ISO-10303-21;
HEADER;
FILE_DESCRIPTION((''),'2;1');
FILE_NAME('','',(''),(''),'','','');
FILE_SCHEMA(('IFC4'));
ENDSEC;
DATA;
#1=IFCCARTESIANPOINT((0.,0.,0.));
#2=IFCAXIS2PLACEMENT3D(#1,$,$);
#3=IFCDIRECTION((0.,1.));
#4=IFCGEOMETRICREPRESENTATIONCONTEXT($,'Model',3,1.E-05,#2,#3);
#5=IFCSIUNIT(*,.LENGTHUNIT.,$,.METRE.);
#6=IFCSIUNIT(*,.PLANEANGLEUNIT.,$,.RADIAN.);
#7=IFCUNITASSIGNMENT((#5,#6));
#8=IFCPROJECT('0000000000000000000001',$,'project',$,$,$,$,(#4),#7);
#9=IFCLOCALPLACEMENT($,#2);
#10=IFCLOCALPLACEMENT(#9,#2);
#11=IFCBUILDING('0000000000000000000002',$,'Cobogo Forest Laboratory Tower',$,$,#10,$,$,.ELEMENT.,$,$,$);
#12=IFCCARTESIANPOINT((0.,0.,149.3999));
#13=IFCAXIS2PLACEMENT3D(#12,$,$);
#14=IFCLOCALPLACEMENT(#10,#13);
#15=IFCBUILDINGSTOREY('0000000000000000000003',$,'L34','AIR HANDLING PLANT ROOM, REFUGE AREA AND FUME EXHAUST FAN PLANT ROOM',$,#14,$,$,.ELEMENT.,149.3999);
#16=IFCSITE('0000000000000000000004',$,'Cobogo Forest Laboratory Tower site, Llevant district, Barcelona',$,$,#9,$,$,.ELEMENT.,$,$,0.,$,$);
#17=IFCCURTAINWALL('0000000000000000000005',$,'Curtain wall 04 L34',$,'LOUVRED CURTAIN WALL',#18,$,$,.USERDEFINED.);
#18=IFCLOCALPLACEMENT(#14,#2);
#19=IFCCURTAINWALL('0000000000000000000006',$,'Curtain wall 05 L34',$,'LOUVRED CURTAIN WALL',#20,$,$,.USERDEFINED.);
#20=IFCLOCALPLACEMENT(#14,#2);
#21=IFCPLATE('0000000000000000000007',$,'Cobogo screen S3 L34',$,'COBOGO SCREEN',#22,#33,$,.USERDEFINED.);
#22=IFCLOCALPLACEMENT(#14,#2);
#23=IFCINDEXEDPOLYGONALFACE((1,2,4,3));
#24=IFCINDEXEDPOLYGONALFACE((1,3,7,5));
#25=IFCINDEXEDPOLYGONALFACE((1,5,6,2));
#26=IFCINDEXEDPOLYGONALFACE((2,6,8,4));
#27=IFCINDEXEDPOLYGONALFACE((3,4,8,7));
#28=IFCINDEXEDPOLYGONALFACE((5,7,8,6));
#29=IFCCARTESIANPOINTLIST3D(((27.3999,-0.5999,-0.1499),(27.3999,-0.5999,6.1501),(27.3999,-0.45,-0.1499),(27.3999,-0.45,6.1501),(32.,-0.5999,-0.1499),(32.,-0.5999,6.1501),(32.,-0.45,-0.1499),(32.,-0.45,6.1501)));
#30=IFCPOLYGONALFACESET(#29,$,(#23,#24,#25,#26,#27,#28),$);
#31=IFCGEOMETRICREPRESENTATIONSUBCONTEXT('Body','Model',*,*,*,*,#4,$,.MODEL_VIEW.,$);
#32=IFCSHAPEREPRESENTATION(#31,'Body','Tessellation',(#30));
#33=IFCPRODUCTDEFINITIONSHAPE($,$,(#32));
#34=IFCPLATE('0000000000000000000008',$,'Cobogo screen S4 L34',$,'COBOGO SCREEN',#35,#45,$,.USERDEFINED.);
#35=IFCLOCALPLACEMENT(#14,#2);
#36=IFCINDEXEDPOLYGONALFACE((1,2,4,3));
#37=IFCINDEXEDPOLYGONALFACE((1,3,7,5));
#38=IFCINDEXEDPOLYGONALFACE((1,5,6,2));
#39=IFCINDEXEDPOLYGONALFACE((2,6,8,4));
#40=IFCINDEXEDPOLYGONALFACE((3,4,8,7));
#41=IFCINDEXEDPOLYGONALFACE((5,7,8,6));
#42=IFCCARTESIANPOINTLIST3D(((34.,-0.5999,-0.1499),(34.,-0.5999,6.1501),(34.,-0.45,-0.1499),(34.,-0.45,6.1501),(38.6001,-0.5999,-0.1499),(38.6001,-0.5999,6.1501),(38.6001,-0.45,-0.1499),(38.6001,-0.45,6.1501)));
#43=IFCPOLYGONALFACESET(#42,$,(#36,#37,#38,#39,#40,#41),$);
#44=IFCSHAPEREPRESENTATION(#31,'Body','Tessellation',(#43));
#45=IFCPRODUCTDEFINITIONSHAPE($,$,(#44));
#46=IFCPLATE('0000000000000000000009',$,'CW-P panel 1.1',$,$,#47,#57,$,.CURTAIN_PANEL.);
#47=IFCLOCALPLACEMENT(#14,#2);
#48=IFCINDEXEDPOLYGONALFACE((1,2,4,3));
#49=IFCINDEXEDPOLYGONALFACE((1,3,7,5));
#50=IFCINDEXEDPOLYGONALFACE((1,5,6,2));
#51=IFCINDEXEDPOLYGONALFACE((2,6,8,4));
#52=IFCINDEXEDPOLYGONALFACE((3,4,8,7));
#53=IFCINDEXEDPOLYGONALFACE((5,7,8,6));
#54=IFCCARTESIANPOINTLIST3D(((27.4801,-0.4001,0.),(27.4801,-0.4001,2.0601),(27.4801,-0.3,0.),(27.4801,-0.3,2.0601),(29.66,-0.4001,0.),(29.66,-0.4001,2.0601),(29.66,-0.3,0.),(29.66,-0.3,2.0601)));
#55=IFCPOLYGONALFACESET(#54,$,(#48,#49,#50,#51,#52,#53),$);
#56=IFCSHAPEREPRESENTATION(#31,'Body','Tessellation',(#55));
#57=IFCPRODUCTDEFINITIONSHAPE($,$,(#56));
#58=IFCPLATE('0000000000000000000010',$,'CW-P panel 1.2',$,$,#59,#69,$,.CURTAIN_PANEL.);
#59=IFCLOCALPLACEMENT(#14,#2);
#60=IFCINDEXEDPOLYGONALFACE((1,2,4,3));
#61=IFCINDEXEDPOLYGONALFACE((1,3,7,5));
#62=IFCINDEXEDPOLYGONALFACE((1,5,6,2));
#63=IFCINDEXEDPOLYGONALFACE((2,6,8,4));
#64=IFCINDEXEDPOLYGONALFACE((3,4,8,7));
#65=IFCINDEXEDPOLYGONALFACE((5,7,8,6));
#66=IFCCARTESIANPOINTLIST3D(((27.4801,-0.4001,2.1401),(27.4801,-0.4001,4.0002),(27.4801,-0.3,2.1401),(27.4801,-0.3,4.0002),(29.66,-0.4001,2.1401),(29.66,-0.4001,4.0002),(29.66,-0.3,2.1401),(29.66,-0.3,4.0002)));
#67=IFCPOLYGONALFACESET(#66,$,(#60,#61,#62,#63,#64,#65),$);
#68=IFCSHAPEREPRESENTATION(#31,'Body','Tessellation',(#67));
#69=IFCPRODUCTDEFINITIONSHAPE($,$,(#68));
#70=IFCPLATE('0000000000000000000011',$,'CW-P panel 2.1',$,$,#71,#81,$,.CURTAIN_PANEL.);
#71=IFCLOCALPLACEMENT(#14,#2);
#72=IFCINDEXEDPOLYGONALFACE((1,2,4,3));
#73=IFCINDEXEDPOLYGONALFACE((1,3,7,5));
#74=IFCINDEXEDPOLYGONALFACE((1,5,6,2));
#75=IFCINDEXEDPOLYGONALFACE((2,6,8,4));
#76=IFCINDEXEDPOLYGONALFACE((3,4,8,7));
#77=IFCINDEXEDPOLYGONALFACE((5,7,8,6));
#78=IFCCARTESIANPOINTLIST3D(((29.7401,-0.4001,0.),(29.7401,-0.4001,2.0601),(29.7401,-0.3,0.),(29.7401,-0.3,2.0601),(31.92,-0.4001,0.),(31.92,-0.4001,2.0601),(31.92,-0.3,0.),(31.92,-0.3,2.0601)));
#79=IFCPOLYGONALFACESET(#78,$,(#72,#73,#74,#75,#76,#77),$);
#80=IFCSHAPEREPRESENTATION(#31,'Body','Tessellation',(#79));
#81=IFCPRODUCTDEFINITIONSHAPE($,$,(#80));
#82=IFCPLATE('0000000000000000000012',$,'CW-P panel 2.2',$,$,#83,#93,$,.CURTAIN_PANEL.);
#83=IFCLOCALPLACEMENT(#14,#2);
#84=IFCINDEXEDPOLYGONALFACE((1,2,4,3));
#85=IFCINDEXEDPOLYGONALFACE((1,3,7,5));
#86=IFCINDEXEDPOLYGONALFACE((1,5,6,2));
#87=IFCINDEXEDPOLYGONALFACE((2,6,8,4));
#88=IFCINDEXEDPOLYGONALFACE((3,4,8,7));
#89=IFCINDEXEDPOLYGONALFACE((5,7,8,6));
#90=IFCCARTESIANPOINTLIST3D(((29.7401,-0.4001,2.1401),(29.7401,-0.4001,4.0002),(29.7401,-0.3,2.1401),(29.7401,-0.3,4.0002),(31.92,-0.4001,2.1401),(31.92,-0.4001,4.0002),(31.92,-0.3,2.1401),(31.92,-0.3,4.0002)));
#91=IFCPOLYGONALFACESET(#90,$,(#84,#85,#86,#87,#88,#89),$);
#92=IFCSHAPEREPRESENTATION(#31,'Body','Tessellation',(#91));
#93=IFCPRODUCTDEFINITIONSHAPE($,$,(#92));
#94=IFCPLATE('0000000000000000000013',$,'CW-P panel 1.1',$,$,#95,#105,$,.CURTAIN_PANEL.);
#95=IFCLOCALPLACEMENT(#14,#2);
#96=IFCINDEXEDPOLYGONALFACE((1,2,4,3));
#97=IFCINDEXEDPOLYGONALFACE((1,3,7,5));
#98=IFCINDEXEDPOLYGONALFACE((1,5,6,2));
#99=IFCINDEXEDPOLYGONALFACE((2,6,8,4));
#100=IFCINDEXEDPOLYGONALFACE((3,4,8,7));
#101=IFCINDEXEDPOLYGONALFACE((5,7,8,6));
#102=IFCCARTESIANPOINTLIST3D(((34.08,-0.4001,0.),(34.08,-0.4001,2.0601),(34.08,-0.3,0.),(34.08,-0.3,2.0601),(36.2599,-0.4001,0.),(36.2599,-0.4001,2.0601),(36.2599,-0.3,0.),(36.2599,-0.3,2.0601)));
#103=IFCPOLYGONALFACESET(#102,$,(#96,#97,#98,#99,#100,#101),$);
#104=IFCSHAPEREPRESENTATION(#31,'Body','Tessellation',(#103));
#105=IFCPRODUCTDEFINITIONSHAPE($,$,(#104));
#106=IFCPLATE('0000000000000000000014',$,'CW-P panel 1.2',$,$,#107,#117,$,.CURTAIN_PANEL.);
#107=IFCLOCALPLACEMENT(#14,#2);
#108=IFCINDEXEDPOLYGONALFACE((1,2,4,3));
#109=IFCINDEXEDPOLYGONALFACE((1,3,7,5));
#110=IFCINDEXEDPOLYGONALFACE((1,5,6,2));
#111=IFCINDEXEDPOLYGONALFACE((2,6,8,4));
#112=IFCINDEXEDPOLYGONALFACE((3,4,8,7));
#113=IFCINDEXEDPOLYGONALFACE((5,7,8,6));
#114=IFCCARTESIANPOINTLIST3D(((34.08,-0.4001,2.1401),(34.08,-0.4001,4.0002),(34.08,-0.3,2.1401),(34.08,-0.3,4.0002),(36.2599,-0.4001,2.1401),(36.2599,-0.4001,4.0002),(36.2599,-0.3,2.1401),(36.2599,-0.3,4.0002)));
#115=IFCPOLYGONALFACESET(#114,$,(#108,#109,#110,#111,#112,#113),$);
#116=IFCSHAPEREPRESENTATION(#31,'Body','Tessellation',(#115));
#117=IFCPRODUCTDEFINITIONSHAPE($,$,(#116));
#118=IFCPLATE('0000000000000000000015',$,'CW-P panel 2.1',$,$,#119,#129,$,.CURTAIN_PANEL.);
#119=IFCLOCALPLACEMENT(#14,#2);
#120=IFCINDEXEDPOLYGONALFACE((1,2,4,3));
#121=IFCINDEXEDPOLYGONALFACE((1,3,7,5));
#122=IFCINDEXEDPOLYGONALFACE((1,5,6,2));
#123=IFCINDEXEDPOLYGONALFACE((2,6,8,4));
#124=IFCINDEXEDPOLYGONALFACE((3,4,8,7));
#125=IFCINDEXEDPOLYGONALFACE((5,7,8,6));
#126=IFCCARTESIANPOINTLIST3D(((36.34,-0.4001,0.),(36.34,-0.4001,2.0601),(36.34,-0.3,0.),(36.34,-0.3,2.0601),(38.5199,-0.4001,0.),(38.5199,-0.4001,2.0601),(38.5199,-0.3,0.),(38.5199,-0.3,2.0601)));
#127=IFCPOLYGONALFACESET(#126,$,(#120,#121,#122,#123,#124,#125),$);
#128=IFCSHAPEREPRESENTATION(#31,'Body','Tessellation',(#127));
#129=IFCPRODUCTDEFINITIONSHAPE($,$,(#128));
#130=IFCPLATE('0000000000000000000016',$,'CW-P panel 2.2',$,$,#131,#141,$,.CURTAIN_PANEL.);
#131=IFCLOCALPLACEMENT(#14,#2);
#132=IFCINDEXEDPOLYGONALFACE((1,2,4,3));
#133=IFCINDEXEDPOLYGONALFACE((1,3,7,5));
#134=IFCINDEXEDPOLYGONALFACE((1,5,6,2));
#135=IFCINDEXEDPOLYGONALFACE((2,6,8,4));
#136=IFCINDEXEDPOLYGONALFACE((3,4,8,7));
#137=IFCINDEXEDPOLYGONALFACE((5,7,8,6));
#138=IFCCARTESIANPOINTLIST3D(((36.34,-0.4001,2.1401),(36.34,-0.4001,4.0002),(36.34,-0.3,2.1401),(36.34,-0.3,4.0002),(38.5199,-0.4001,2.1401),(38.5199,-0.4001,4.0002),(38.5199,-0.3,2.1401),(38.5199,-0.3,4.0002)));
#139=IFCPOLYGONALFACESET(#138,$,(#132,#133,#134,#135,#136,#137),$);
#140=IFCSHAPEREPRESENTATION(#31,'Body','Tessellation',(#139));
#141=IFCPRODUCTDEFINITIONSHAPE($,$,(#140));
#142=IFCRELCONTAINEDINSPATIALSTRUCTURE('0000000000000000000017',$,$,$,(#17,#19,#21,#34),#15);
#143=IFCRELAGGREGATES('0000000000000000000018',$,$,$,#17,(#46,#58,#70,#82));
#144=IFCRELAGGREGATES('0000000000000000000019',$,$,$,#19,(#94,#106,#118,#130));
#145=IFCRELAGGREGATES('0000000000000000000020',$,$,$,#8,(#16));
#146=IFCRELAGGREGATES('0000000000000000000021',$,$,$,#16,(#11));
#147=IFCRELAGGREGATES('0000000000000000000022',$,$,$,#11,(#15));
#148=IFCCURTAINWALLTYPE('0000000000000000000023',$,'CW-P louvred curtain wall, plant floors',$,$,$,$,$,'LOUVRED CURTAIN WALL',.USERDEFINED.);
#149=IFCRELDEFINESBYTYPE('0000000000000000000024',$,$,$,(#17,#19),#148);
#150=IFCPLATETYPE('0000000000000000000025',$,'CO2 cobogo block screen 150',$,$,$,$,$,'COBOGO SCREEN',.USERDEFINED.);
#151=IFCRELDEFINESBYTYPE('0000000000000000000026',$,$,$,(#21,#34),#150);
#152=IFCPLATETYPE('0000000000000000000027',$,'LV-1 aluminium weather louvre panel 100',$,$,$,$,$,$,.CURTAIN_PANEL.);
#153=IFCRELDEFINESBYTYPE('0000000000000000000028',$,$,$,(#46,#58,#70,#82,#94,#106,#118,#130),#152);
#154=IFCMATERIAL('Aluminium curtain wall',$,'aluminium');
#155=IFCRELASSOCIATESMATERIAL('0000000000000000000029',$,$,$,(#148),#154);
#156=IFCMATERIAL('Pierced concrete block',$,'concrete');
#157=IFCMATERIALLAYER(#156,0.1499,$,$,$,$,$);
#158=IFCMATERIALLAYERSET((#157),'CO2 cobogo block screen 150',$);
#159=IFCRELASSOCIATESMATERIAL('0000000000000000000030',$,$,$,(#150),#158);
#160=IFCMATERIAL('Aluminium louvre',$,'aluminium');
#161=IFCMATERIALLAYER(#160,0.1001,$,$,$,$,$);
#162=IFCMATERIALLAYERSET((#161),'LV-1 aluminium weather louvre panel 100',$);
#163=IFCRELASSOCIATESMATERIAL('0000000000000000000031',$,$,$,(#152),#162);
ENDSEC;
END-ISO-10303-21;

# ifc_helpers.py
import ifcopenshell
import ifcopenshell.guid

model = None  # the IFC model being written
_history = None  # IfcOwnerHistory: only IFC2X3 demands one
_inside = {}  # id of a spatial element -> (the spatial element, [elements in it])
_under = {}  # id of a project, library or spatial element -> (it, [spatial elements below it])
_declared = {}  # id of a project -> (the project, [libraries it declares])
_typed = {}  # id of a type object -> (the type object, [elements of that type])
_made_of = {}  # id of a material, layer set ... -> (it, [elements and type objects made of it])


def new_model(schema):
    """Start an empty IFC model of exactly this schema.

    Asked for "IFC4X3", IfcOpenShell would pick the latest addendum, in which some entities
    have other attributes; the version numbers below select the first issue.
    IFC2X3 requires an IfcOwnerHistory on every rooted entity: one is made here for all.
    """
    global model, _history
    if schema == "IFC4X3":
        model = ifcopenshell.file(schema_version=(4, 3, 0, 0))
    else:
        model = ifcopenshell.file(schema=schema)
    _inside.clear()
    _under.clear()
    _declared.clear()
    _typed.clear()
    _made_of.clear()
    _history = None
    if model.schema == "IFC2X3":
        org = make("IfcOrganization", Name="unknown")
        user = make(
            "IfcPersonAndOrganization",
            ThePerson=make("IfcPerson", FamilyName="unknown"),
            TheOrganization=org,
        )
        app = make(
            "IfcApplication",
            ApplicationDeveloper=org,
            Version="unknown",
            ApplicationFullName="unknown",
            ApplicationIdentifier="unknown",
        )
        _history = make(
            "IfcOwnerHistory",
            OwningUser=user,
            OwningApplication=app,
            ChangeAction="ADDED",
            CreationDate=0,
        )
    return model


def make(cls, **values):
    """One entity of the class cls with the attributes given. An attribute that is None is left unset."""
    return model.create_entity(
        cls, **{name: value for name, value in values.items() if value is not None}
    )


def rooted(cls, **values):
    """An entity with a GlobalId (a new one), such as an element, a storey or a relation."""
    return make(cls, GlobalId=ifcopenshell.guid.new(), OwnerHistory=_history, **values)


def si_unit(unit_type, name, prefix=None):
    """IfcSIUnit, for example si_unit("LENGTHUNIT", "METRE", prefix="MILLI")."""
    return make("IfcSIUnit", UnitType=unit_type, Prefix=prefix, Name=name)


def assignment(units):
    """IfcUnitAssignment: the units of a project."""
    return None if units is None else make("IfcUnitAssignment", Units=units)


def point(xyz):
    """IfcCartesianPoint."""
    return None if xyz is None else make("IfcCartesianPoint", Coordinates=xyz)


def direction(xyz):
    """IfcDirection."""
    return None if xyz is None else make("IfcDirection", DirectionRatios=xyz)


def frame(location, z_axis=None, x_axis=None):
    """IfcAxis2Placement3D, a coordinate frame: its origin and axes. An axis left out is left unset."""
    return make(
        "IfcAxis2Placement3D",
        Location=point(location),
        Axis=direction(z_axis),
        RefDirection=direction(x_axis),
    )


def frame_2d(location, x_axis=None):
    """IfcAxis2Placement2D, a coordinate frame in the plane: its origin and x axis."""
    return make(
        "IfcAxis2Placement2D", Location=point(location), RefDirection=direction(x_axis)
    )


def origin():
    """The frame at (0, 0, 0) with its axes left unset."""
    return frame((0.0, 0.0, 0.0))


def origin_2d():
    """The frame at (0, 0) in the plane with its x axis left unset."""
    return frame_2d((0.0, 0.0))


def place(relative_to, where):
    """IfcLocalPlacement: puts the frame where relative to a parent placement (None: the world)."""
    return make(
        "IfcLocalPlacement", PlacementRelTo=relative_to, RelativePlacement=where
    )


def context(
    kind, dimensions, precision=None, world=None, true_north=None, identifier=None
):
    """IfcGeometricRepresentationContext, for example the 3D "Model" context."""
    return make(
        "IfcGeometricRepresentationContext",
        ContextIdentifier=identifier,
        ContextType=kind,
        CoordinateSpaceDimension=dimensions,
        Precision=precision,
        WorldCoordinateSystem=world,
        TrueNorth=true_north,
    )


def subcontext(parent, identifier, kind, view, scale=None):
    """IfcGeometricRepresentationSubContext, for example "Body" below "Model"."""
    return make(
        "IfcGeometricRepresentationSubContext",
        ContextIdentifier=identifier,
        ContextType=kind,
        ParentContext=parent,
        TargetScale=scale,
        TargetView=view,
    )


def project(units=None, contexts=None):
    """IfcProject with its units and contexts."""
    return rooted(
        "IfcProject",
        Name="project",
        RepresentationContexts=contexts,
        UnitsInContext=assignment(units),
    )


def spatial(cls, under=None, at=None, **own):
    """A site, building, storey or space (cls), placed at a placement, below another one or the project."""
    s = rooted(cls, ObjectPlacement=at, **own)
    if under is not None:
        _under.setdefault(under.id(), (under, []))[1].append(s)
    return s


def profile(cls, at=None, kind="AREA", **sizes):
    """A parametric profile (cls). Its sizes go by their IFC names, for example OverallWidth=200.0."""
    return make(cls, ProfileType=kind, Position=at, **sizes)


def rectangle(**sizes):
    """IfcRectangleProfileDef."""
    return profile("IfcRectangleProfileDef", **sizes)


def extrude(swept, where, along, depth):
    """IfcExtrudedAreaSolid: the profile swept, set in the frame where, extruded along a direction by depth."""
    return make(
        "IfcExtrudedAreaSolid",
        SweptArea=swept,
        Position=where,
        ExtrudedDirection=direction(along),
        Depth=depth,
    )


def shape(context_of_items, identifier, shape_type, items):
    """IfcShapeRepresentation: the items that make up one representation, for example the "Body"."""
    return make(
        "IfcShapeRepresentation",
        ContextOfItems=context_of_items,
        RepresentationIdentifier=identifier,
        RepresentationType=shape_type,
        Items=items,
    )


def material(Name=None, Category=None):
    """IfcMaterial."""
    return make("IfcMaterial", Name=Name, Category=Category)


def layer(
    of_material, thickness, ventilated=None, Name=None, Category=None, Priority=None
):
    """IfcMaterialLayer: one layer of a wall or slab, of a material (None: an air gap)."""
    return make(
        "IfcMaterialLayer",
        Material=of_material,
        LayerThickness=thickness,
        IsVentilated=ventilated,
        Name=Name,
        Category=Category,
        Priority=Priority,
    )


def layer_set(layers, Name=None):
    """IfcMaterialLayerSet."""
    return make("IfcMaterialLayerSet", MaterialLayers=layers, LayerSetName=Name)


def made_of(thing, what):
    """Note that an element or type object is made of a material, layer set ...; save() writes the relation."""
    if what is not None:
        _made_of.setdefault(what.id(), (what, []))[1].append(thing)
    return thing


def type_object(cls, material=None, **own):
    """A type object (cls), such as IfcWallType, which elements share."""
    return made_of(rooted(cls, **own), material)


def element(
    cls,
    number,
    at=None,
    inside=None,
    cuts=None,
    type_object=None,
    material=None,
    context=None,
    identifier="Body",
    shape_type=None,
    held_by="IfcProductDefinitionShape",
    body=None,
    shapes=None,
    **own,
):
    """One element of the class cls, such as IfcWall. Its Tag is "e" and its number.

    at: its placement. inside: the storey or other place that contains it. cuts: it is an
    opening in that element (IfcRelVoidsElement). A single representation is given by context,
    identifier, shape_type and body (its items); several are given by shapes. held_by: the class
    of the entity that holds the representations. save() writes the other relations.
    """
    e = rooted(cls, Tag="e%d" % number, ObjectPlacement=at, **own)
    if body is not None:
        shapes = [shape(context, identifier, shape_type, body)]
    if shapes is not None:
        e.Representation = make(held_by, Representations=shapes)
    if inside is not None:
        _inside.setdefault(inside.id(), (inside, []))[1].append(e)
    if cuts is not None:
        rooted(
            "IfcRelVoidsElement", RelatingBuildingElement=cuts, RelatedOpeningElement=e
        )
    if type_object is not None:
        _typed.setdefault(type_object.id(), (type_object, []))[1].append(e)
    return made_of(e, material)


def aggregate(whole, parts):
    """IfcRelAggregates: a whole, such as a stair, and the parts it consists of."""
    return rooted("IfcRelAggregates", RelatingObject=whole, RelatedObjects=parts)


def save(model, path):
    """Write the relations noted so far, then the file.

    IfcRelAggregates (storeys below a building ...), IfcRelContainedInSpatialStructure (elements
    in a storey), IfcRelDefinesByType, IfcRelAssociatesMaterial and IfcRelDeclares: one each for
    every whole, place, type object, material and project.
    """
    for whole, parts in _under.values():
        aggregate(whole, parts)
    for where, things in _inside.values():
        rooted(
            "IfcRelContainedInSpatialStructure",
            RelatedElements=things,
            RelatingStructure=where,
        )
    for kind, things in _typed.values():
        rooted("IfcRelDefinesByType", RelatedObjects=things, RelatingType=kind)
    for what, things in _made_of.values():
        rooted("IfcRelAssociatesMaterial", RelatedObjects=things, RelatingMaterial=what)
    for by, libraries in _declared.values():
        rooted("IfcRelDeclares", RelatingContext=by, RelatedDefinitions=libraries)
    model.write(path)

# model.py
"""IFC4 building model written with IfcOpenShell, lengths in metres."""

from ifc_helpers import new_model, si_unit, direction, frame, origin, origin_2d, place, context, subcontext, project, spatial, rectangle, extrude, material, layer, layer_set, type_object, element, aggregate, save


model = new_model("IFC4")

# Units and contexts
model_context = context("Model", 3, precision=1e-05, world=origin(), true_north=direction((0.0, 1.0)))
body_context = subcontext(model_context, "Body", "Model", "MODEL_VIEW")
ifc_project = project(units=[si_unit("LENGTHUNIT", "METRE"), si_unit("PLANEANGLEUNIT", "RADIAN")], contexts=[model_context])

# Site, building, storey
site_placement = place(None, origin())
site = spatial("IfcSite", under=ifc_project, at=site_placement, Name="Cobogo Forest Laboratory Tower site, Llevant district, Barcelona", CompositionType="ELEMENT", RefElevation=0.0)
building_placement = place(site_placement, origin())
building = spatial("IfcBuilding", under=site, at=building_placement, Name="Cobogo Forest Laboratory Tower", CompositionType="ELEMENT")
storey_placement = place(building_placement, frame((0.0, 0.0, 149.3999)))
storey = spatial("IfcBuildingStorey", under=building, at=storey_placement, Name="L34", Description="AIR HANDLING PLANT ROOM, REFUGE AREA AND FUME EXHAUST FAN PLANT ROOM", CompositionType="ELEMENT", Elevation=149.3999)

# Shared definitions
ifc_material_1 = material(Name="Aluminium curtain wall", Category="aluminium")
curtain_wall_type = type_object("IfcCurtainWallType", Name="CW-P louvred curtain wall, plant floors", ElementType="LOUVRED CURTAIN WALL", PredefinedType="USERDEFINED", material=ifc_material_1)

# Curtain walls
curtain_wall_1_placement = place(storey_placement, origin())
curtain_wall_1 = element("IfcCurtainWall", 1, at=curtain_wall_1_placement, inside=storey, type_object=curtain_wall_type, Name="Curtain wall 04 L34", ObjectType="LOUVRED CURTAIN WALL", PredefinedType="USERDEFINED")
curtain_wall_2_placement = place(storey_placement, origin())
curtain_wall_2 = element("IfcCurtainWall", 2, at=curtain_wall_2_placement, inside=storey, type_object=curtain_wall_type, Name="Curtain wall 05 L34", ObjectType="LOUVRED CURTAIN WALL", PredefinedType="USERDEFINED")

# Plates
ifc_material_2 = material(Name="Pierced concrete block", Category="concrete")
ifc_layer_1 = layer(ifc_material_2, 0.1499)
ifc_layer_set_1 = layer_set([ifc_layer_1], Name="CO2 cobogo block screen 150")
plate_type_1 = type_object("IfcPlateType", Name="CO2 cobogo block screen 150", ElementType="COBOGO SCREEN", PredefinedType="USERDEFINED", material=ifc_layer_set_1)
for number, where, z_axis, x_axis, name in (
    (3, (29.7, -0.5249, -0.1499), (0.0, 0.0, 1.0), (1.0, 0.0, 0.0), "Cobogo screen S3 L34"),
    (4, (36.3, -0.5249, -0.1499), (0.0, 0.0, 1.0), (1.0, 0.0, 0.0), "Cobogo screen S4 L34"),
):
    element("IfcPlate", number, at=place(storey_placement, frame(where, z_axis=z_axis, x_axis=x_axis)), inside=storey, type_object=plate_type_1, Name=name, ObjectType="COBOGO SCREEN", PredefinedType="USERDEFINED", context=body_context, shape_type="SweptSolid", body=[
        extrude(rectangle(XDim=4.6001, YDim=0.1499, at=origin_2d()), origin(), (0.0, 0.0, 1.0), 6.3),
    ])

# Plates
ifc_material_3 = material(Name="Aluminium louvre", Category="aluminium")
ifc_layer_2 = layer(ifc_material_3, 0.1001)
ifc_layer_set_2 = layer_set([ifc_layer_2], Name="LV-1 aluminium weather louvre panel 100")
plate_type_2 = type_object("IfcPlateType", Name="LV-1 aluminium weather louvre panel 100", PredefinedType="CURTAIN_PANEL", material=ifc_layer_set_2)
plate_1_placement = place(storey_placement, frame((28.5701, -0.3501, 0.0), z_axis=(0.0, 0.0, 1.0), x_axis=(1.0, 0.0, 0.0)))
plate_1 = element("IfcPlate", 5, at=plate_1_placement, type_object=plate_type_2, Name="CW-P panel 1.1", PredefinedType="CURTAIN_PANEL", context=body_context, shape_type="SweptSolid", body=[
    extrude(rectangle(XDim=2.1799, YDim=0.1001, at=origin_2d()), origin(), (0.0, 0.0, 1.0), 2.0601),
])
plate_2_placement = place(storey_placement, frame((28.5701, -0.3501, 2.1401), z_axis=(0.0, 0.0, 1.0), x_axis=(1.0, 0.0, 0.0)))
plate_2 = element("IfcPlate", 6, at=plate_2_placement, type_object=plate_type_2, Name="CW-P panel 1.2", PredefinedType="CURTAIN_PANEL", context=body_context, shape_type="SweptSolid", body=[
    extrude(rectangle(XDim=2.1799, YDim=0.1001, at=origin_2d()), origin(), (0.0, 0.0, 1.0), 1.8601),
])
plate_3_placement = place(storey_placement, frame((30.8301, -0.3501, 0.0), z_axis=(0.0, 0.0, 1.0), x_axis=(1.0, 0.0, 0.0)))
plate_3 = element("IfcPlate", 7, at=plate_3_placement, type_object=plate_type_2, Name="CW-P panel 2.1", PredefinedType="CURTAIN_PANEL", context=body_context, shape_type="SweptSolid", body=[
    extrude(rectangle(XDim=2.1799, YDim=0.1001, at=origin_2d()), origin(), (0.0, 0.0, 1.0), 2.0601),
])
plate_4_placement = place(storey_placement, frame((30.8301, -0.3501, 2.1401), z_axis=(0.0, 0.0, 1.0), x_axis=(1.0, 0.0, 0.0)))
plate_4 = element("IfcPlate", 8, at=plate_4_placement, type_object=plate_type_2, Name="CW-P panel 2.2", PredefinedType="CURTAIN_PANEL", context=body_context, shape_type="SweptSolid", body=[
    extrude(rectangle(XDim=2.1799, YDim=0.1001, at=origin_2d()), origin(), (0.0, 0.0, 1.0), 1.8601),
])
aggregate(curtain_wall_1, [plate_1, plate_2, plate_3, plate_4])
plate_5_placement = place(storey_placement, frame((35.1699, -0.3501, 0.0), z_axis=(0.0, 0.0, 1.0), x_axis=(1.0, 0.0, 0.0)))
plate_5 = element("IfcPlate", 9, at=plate_5_placement, type_object=plate_type_2, Name="CW-P panel 1.1", PredefinedType="CURTAIN_PANEL", context=body_context, shape_type="SweptSolid", body=[
    extrude(rectangle(XDim=2.1799, YDim=0.1001, at=origin_2d()), origin(), (0.0, 0.0, 1.0), 2.0601),
])
plate_6_placement = place(storey_placement, frame((35.1699, -0.3501, 2.1401), z_axis=(0.0, 0.0, 1.0), x_axis=(1.0, 0.0, 0.0)))
plate_6 = element("IfcPlate", 10, at=plate_6_placement, type_object=plate_type_2, Name="CW-P panel 1.2", PredefinedType="CURTAIN_PANEL", context=body_context, shape_type="SweptSolid", body=[
    extrude(rectangle(XDim=2.1799, YDim=0.1001, at=origin_2d()), origin(), (0.0, 0.0, 1.0), 1.8601),
])
plate_7_placement = place(storey_placement, frame((37.4299, -0.3501, 0.0), z_axis=(0.0, 0.0, 1.0), x_axis=(1.0, 0.0, 0.0)))
plate_7 = element("IfcPlate", 11, at=plate_7_placement, type_object=plate_type_2, Name="CW-P panel 2.1", PredefinedType="CURTAIN_PANEL", context=body_context, shape_type="SweptSolid", body=[
    extrude(rectangle(XDim=2.1799, YDim=0.1001, at=origin_2d()), origin(), (0.0, 0.0, 1.0), 2.0601),
])
plate_8_placement = place(storey_placement, frame((37.4299, -0.3501, 2.1401), z_axis=(0.0, 0.0, 1.0), x_axis=(1.0, 0.0, 0.0)))
plate_8 = element("IfcPlate", 12, at=plate_8_placement, type_object=plate_type_2, Name="CW-P panel 2.2", PredefinedType="CURTAIN_PANEL", context=body_context, shape_type="SweptSolid", body=[
    extrude(rectangle(XDim=2.1799, YDim=0.1001, at=origin_2d()), origin(), (0.0, 0.0, 1.0), 1.8601),
])
aggregate(curtain_wall_2, [plate_5, plate_6, plate_7, plate_8])

save(model, "model.ifc")
